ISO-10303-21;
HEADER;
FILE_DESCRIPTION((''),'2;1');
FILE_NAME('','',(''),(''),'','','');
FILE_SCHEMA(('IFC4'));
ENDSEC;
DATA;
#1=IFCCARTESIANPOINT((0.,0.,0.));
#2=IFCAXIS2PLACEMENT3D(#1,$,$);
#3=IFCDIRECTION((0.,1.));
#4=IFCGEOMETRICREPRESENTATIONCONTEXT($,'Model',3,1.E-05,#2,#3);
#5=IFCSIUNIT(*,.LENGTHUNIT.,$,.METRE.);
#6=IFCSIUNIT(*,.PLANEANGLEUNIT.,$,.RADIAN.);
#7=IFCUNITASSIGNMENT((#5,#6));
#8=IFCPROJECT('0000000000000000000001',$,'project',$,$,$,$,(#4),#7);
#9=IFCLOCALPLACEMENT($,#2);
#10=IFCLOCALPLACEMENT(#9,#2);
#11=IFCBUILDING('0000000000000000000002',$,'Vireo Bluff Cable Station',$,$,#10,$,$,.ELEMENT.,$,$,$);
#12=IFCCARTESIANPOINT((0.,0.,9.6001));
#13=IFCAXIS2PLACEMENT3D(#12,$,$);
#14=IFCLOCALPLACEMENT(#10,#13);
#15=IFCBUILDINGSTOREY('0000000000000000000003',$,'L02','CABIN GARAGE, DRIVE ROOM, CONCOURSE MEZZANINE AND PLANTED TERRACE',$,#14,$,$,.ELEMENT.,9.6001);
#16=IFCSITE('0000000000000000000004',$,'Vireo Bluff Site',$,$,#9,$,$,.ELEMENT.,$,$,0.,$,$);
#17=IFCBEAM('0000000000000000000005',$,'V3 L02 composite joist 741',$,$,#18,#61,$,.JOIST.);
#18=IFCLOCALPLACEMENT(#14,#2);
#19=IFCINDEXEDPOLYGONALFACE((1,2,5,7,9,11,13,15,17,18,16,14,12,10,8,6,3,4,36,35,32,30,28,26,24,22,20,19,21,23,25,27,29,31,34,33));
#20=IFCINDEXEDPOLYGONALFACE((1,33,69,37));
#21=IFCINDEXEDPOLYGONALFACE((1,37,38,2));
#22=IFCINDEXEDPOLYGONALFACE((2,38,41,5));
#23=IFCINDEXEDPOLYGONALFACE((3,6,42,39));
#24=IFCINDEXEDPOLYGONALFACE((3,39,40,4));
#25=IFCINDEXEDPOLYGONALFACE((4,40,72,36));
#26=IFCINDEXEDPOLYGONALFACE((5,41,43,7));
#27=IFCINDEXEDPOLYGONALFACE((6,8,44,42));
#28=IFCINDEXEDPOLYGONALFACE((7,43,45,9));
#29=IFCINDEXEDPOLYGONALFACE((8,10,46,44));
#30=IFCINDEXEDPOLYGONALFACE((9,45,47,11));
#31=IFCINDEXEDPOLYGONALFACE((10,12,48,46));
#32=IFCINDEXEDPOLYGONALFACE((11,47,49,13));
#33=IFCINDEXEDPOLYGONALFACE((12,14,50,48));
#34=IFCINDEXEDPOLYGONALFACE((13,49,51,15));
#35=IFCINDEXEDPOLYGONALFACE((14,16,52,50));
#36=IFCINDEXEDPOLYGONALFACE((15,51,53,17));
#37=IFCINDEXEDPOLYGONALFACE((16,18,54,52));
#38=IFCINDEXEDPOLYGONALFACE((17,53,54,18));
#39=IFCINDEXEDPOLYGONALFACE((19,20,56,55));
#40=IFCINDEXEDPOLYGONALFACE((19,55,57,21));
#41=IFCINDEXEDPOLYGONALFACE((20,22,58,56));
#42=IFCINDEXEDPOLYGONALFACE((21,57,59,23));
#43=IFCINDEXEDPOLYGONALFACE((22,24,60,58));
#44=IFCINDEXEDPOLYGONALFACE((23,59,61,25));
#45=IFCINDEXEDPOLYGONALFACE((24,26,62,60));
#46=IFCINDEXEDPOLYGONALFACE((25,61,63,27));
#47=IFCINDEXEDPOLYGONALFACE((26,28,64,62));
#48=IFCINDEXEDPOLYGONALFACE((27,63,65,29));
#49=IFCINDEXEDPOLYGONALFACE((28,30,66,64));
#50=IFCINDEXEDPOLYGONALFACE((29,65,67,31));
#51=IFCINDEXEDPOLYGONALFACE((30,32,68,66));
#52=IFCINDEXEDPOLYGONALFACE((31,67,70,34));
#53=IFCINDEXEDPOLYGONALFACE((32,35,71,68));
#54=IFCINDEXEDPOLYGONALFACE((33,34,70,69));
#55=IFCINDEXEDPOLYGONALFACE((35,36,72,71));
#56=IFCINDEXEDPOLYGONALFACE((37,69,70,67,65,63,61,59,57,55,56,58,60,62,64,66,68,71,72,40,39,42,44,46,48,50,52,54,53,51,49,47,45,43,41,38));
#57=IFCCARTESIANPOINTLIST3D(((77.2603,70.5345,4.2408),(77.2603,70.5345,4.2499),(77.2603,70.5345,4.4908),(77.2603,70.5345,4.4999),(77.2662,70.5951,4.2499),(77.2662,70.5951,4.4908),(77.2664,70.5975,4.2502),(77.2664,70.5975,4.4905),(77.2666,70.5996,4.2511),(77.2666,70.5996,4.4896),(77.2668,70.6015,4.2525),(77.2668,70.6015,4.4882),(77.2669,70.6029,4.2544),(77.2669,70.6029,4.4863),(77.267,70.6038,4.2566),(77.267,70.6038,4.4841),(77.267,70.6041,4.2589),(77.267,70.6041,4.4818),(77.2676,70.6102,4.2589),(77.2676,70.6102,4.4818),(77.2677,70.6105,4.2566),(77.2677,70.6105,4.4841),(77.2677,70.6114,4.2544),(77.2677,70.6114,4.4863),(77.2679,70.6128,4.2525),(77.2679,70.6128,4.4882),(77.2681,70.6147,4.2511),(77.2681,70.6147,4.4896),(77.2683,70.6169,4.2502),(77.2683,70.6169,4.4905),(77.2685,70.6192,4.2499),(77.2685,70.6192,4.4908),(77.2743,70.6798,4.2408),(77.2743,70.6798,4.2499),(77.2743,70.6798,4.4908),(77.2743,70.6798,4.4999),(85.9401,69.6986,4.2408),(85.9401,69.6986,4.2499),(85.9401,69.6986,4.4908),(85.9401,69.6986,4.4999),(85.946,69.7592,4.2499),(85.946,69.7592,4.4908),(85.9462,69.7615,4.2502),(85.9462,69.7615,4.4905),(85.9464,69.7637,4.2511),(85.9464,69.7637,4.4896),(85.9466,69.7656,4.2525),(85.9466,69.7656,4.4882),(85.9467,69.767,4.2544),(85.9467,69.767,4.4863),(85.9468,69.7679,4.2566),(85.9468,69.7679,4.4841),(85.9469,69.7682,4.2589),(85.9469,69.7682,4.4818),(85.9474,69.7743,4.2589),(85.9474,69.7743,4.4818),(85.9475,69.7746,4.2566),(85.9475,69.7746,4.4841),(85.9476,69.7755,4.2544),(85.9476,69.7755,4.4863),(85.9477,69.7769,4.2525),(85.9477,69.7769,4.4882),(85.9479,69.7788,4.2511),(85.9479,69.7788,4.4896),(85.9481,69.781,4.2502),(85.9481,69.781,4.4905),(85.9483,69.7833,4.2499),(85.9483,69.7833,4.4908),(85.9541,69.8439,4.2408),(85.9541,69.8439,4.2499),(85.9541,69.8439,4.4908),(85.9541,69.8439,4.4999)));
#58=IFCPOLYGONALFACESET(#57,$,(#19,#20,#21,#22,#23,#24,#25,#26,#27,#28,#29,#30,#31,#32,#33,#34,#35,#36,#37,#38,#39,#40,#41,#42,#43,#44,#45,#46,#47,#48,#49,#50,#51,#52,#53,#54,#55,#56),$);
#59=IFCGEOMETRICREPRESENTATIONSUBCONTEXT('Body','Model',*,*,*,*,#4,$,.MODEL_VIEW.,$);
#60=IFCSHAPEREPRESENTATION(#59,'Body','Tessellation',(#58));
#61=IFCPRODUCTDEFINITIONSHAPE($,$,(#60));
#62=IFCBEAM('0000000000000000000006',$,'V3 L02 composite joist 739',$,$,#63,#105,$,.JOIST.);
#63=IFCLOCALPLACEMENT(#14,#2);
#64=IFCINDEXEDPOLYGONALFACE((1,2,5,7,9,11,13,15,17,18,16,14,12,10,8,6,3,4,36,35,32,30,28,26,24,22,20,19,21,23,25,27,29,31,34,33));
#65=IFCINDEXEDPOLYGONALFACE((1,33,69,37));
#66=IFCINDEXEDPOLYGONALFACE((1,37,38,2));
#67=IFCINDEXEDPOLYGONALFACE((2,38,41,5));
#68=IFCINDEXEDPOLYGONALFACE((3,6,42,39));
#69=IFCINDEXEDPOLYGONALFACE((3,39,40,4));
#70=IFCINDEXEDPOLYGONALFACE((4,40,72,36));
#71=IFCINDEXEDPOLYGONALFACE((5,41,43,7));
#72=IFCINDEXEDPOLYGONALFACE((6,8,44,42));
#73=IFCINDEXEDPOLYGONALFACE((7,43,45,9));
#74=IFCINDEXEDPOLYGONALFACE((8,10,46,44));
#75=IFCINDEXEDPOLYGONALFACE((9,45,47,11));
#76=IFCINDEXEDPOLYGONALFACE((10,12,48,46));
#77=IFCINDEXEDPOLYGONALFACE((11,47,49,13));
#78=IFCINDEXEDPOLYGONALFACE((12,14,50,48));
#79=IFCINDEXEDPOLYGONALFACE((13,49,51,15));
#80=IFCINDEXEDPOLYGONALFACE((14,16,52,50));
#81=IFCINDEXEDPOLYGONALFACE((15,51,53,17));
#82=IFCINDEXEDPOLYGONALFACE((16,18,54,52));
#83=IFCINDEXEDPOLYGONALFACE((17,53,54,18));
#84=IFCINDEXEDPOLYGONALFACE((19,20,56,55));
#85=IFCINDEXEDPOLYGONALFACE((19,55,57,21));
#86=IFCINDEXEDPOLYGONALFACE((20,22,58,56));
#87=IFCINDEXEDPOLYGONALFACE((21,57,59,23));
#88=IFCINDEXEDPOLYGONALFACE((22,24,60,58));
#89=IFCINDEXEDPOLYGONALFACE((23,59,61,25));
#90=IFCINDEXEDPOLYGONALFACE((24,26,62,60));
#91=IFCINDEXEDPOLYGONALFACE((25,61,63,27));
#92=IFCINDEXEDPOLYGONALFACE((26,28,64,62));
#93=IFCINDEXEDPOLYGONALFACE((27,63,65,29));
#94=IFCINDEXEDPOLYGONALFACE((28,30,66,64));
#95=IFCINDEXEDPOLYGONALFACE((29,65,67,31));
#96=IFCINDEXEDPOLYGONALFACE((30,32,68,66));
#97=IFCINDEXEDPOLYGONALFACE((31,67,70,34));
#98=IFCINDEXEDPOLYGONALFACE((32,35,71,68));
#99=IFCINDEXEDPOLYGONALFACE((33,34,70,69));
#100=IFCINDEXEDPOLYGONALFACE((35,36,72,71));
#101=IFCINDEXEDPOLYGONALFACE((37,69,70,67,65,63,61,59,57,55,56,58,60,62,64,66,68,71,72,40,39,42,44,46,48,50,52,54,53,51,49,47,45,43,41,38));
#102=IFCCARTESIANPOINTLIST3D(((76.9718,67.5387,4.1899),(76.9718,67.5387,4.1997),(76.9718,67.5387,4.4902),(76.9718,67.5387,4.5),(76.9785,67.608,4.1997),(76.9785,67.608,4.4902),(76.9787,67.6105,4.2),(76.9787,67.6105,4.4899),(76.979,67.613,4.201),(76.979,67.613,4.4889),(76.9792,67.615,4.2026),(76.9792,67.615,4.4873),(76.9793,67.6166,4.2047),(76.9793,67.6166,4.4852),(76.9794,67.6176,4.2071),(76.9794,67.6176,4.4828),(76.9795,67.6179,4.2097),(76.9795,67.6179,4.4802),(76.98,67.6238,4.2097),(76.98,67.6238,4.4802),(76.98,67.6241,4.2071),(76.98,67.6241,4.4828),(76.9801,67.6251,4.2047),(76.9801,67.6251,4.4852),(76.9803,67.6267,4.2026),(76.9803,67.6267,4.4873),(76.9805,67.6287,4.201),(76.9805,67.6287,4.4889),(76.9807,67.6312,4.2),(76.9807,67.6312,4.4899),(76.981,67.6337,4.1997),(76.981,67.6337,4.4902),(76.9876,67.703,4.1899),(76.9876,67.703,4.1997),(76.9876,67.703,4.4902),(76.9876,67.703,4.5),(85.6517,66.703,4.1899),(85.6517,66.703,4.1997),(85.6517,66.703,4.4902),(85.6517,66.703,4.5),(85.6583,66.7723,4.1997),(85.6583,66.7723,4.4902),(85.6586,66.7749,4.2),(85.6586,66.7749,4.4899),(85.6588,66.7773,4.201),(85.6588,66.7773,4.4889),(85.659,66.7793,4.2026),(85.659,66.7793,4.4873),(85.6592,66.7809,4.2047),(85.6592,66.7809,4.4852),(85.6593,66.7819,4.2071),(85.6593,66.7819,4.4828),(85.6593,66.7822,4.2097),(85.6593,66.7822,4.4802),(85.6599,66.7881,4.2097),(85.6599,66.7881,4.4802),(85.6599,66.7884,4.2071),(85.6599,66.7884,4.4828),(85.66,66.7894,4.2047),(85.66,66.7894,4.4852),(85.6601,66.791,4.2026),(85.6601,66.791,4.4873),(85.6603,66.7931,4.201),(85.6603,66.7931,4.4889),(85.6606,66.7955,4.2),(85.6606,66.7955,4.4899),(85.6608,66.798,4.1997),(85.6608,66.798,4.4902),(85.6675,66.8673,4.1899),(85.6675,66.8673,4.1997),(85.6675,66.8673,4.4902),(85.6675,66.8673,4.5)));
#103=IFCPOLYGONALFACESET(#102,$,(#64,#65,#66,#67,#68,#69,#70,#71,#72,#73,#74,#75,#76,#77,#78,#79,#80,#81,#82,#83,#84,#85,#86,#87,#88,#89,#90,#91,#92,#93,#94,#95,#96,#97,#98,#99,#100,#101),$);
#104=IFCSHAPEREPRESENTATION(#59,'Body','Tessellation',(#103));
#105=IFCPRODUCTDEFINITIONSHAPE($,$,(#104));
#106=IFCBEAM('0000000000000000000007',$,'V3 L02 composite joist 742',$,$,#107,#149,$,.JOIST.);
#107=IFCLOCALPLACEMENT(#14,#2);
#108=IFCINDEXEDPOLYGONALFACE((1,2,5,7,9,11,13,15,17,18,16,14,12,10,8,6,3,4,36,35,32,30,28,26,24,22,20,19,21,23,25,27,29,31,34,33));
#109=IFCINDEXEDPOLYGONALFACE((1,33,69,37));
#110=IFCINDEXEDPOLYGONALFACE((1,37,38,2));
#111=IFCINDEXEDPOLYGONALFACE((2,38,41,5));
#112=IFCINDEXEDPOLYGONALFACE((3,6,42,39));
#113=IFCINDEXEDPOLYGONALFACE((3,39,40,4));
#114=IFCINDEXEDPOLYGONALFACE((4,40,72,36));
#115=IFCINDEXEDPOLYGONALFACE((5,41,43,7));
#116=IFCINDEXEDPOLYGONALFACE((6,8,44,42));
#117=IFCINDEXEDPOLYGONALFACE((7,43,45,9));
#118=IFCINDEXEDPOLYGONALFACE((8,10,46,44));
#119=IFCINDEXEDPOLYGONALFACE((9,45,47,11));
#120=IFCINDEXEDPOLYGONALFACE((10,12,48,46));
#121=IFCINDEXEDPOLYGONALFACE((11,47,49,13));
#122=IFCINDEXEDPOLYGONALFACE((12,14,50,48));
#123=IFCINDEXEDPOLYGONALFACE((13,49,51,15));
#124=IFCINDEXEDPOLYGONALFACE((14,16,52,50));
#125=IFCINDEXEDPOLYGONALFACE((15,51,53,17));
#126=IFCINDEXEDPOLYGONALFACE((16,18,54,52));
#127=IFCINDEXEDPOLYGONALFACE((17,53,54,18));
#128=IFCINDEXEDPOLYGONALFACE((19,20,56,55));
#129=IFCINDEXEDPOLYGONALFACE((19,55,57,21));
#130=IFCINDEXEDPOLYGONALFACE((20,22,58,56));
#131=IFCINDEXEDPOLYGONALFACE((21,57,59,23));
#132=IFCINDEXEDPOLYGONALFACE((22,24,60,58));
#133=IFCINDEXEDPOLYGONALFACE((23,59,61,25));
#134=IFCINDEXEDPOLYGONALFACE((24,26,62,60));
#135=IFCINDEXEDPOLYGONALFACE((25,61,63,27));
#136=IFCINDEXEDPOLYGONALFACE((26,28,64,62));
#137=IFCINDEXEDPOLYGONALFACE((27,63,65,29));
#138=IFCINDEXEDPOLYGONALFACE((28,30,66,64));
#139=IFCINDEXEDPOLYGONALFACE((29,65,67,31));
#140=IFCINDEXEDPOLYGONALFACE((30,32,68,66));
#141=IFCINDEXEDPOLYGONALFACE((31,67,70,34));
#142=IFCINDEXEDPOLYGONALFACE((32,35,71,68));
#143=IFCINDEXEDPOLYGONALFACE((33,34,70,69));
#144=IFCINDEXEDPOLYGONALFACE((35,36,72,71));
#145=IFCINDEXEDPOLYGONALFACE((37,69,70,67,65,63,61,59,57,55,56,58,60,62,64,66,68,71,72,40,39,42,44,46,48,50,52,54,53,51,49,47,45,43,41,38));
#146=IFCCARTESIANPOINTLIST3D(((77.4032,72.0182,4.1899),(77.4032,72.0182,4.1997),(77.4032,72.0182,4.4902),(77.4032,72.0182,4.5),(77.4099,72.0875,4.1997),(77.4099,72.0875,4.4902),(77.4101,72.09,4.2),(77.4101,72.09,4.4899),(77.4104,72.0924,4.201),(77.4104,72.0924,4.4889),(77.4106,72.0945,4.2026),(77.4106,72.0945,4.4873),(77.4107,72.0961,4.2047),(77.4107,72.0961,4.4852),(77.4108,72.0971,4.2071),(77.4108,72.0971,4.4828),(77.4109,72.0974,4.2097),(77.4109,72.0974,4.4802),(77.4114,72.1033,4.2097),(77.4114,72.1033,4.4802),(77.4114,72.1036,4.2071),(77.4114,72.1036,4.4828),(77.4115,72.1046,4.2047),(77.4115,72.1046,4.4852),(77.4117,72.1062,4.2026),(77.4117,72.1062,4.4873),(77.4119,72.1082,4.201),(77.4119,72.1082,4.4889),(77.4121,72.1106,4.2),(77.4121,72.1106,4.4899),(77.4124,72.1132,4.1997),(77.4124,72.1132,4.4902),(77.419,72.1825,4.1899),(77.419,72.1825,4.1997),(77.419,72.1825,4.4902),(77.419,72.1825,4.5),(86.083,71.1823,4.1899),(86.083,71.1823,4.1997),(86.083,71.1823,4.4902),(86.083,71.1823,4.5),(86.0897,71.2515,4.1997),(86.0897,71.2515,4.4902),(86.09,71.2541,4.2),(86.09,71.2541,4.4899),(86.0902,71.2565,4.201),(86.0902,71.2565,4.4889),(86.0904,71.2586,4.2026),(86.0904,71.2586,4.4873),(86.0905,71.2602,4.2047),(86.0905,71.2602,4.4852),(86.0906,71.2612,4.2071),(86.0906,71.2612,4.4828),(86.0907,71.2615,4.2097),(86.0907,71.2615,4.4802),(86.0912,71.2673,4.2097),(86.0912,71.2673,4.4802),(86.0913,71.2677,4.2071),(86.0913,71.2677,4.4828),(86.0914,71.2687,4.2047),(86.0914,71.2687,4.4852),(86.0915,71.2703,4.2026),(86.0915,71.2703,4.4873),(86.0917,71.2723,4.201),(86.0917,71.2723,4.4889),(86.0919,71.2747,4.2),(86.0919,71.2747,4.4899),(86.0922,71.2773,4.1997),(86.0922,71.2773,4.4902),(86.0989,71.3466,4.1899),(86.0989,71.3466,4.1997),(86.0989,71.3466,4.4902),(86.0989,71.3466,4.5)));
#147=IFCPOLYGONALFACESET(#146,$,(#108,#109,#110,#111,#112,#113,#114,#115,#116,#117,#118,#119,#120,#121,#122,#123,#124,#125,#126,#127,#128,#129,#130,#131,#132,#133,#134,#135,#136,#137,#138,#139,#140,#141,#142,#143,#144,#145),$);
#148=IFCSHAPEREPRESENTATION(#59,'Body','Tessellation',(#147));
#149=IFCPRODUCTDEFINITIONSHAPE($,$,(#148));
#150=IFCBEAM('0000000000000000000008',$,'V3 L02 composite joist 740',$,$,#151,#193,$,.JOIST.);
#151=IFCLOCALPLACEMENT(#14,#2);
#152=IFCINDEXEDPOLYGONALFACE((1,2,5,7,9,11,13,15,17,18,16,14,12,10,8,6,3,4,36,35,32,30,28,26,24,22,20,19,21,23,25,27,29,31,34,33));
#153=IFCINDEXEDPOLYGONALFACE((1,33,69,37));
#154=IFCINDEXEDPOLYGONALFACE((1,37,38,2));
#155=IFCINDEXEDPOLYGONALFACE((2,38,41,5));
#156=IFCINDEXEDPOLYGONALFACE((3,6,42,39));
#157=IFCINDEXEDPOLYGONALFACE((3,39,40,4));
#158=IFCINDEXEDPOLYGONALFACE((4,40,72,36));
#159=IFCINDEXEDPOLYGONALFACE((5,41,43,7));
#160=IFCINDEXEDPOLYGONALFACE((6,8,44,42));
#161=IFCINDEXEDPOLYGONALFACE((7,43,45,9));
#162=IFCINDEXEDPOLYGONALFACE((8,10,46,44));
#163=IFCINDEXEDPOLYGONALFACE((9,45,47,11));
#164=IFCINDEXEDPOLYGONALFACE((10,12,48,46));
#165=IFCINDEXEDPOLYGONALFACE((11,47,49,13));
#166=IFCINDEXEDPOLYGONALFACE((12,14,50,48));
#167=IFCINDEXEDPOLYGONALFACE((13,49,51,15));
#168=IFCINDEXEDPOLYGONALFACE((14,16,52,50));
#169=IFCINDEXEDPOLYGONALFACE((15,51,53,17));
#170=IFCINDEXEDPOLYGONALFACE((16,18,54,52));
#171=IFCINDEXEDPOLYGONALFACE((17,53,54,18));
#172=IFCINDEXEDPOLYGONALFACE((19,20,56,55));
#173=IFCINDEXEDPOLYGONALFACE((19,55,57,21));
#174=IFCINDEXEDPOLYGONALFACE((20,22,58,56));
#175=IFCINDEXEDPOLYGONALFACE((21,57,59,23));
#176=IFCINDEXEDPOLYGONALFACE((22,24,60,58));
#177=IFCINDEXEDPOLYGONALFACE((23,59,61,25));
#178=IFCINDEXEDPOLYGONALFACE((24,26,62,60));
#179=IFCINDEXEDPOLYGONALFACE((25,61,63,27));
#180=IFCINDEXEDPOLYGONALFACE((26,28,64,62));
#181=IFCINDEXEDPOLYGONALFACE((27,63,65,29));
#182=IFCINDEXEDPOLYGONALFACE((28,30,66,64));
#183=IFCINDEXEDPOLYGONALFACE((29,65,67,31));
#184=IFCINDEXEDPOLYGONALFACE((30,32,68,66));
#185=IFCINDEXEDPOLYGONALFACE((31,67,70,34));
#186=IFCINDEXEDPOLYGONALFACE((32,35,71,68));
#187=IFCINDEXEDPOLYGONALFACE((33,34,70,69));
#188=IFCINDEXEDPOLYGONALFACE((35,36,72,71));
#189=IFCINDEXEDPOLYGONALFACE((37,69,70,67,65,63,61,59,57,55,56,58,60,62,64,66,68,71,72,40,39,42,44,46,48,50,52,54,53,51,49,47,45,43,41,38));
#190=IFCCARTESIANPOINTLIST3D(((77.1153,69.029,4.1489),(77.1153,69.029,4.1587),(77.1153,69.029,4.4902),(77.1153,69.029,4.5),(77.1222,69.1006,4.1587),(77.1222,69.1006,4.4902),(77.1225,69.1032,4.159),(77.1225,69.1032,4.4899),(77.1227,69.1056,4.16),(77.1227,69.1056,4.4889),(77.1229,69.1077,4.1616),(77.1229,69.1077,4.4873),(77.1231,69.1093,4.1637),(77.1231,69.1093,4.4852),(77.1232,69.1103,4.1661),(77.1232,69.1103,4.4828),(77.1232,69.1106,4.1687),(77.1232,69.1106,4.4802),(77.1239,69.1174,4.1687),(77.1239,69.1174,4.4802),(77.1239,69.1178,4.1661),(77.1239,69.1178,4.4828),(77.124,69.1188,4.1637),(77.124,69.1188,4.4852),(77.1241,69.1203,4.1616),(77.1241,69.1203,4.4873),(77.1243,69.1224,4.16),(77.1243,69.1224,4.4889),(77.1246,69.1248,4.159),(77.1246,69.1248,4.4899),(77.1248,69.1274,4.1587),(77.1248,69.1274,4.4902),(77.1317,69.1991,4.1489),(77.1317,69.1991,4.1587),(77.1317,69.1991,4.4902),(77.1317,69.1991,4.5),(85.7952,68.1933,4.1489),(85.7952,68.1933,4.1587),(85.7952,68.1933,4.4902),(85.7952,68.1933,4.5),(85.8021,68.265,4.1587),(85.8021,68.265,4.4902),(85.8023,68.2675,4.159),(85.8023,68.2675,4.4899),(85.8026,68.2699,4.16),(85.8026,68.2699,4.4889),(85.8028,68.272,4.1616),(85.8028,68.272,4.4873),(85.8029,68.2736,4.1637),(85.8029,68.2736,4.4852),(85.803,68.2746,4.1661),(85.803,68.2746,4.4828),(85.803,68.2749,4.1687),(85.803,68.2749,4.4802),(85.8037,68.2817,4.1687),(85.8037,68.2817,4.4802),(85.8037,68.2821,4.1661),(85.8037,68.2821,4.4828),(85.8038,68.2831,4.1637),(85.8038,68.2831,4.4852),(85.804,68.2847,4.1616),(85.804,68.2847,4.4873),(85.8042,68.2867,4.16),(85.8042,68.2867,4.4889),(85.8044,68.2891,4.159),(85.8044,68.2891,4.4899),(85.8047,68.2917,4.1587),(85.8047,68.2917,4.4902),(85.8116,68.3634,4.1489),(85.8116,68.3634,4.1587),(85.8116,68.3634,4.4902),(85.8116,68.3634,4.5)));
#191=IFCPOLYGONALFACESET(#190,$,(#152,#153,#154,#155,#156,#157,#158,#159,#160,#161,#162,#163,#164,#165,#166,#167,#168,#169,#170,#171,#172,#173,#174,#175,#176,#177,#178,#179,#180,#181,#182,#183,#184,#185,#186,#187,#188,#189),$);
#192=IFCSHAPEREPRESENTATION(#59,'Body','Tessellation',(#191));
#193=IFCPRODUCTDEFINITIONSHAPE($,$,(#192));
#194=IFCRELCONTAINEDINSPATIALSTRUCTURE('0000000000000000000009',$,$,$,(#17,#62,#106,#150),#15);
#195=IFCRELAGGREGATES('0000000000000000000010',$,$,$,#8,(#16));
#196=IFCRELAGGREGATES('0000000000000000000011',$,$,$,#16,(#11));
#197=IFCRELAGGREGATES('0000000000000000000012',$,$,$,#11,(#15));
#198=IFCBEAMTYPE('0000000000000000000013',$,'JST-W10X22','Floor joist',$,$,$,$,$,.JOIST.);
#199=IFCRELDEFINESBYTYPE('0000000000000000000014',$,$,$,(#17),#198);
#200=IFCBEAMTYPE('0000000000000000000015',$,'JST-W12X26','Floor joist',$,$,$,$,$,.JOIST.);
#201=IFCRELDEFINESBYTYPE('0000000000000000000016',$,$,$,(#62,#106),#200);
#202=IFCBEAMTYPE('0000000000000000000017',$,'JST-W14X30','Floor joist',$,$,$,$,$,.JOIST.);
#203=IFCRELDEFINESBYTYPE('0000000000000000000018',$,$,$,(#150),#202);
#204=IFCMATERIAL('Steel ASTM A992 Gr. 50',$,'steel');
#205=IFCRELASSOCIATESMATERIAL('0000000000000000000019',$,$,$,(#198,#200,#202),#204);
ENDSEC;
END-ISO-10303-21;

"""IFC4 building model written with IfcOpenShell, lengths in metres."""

from ifc_helpers import new_model, si_unit, direction, frame, origin, origin_2d, place, context, subcontext, project, spatial, i_section, extrude, material, material_profile, profile_set, type_object, element, save


model = new_model("IFC4")

# Units and contexts
model_context = context("Model", 3, precision=1e-05, world=origin(), true_north=direction((0.0, 1.0)))
body_context = subcontext(model_context, "Body", "Model", "MODEL_VIEW")
ifc_project = project(units=[si_unit("LENGTHUNIT", "METRE"), si_unit("PLANEANGLEUNIT", "RADIAN")], contexts=[model_context])

# Site, building, storey
site_placement = place(None, origin())
site = spatial("IfcSite", under=ifc_project, at=site_placement, Name="Vireo Bluff Site", CompositionType="ELEMENT", RefElevation=0.0)
building_placement = place(site_placement, origin())
building = spatial("IfcBuilding", under=site, at=building_placement, Name="Vireo Bluff Cable Station", CompositionType="ELEMENT")
storey_placement = place(building_placement, frame((0.0, 0.0, 9.6001)))
storey = spatial("IfcBuildingStorey", under=building, at=storey_placement, Name="L02", Description="CABIN GARAGE, DRIVE ROOM, CONCOURSE MEZZANINE AND PLANTED TERRACE", CompositionType="ELEMENT", Elevation=9.6001)

# Shared definitions
ifc_material_1 = material(Name="Steel ASTM A992 Gr. 50", Category="steel")

# Beams
ifc_material_profile_1 = material_profile(ifc_material_1, i_section(OverallWidth=0.146, OverallDepth=0.259, WebThickness=0.0061, FlangeThickness=0.009, FilletRadius=0.009, at=origin_2d()), Name="W10X22")
ifc_profile_set_1 = profile_set([ifc_material_profile_1], Name="Steel ASTM A992 Gr. 50")
beam_type_1 = type_object("IfcBeamType", Name="JST-W10X22", Description="Floor joist", PredefinedType="JOIST", material=ifc_profile_set_1)
beam_1_placement = place(storey_placement, frame((77.2673, 70.6072, 4.3704), z_axis=(0.995395, -0.095863, 0.0), x_axis=(0.095863, 0.995395, 0.0)))
element("IfcBeam", 1, at=beam_1_placement, inside=storey, type_object=beam_type_1, Name="V3 L02 composite joist 741", PredefinedType="JOIST", context=body_context, shape_type="SweptSolid", body=[
    extrude(i_section(OverallWidth=0.146, OverallDepth=0.259, WebThickness=0.0061, FlangeThickness=0.009, FilletRadius=0.009, at=origin_2d()), origin(), (0.0, 0.0, 1.0), 8.72),
])
ifc_material_profile_2 = material_profile(ifc_material_1, i_section(OverallWidth=0.165, OverallDepth=0.3101, WebThickness=0.0059, FlangeThickness=0.0098, FilletRadius=0.01, at=origin_2d()), Name="W12X26")
ifc_profile_set_2 = profile_set([ifc_material_profile_2], Name="Steel ASTM A992 Gr. 50")
beam_type_2 = type_object("IfcBeamType", Name="JST-W12X26", Description="Floor joist", PredefinedType="JOIST", material=ifc_profile_set_2)
for number, where, z_axis, x_axis, name in (
    (2, (76.9797, 67.6208, 4.345), (0.995397, -0.095836, 0.0), (0.095836, 0.995397, 0.0), "V3 L02 composite joist 739"),
    (3, (77.4111, 72.1003, 4.345), (0.995395, -0.095863, 0.0), (0.095863, 0.995395, 0.0), "V3 L02 composite joist 742"),
):
    element("IfcBeam", number, at=place(storey_placement, frame(where, z_axis=z_axis, x_axis=x_axis)), inside=storey, type_object=beam_type_2, Name=name, PredefinedType="JOIST", context=body_context, shape_type="SweptSolid", body=[
        extrude(i_section(OverallWidth=0.165, OverallDepth=0.3101, WebThickness=0.0059, FlangeThickness=0.0098, FilletRadius=0.01, at=origin_2d()), origin(), (0.0, 0.0, 1.0), 8.72),
    ])
ifc_material_profile_3 = material_profile(ifc_material_1, i_section(OverallWidth=0.1709, OverallDepth=0.3511, WebThickness=0.0068, FlangeThickness=0.0098, FilletRadius=0.01, at=origin_2d()), Name="W14X30")
ifc_profile_set_3 = profile_set([ifc_material_profile_3], Name="Steel ASTM A992 Gr. 50")
beam_type_3 = type_object("IfcBeamType", Name="JST-W14X30", Description="Floor joist", PredefinedType="JOIST", material=ifc_profile_set_3)
beam_2_placement = place(storey_placement, frame((77.1235, 69.114, 4.3245), z_axis=(0.995397, -0.095836, 0.0), x_axis=(0.095836, 0.995397, 0.0)))
element("IfcBeam", 4, at=beam_2_placement, inside=storey, type_object=beam_type_3, Name="V3 L02 composite joist 740", PredefinedType="JOIST", context=body_context, shape_type="SweptSolid", body=[
    extrude(i_section(OverallWidth=0.1709, OverallDepth=0.3511, WebThickness=0.0068, FlangeThickness=0.0098, FilletRadius=0.01, at=origin_2d()), origin(), (0.0, 0.0, 1.0), 8.72),
])

save(model, "model.ifc")
